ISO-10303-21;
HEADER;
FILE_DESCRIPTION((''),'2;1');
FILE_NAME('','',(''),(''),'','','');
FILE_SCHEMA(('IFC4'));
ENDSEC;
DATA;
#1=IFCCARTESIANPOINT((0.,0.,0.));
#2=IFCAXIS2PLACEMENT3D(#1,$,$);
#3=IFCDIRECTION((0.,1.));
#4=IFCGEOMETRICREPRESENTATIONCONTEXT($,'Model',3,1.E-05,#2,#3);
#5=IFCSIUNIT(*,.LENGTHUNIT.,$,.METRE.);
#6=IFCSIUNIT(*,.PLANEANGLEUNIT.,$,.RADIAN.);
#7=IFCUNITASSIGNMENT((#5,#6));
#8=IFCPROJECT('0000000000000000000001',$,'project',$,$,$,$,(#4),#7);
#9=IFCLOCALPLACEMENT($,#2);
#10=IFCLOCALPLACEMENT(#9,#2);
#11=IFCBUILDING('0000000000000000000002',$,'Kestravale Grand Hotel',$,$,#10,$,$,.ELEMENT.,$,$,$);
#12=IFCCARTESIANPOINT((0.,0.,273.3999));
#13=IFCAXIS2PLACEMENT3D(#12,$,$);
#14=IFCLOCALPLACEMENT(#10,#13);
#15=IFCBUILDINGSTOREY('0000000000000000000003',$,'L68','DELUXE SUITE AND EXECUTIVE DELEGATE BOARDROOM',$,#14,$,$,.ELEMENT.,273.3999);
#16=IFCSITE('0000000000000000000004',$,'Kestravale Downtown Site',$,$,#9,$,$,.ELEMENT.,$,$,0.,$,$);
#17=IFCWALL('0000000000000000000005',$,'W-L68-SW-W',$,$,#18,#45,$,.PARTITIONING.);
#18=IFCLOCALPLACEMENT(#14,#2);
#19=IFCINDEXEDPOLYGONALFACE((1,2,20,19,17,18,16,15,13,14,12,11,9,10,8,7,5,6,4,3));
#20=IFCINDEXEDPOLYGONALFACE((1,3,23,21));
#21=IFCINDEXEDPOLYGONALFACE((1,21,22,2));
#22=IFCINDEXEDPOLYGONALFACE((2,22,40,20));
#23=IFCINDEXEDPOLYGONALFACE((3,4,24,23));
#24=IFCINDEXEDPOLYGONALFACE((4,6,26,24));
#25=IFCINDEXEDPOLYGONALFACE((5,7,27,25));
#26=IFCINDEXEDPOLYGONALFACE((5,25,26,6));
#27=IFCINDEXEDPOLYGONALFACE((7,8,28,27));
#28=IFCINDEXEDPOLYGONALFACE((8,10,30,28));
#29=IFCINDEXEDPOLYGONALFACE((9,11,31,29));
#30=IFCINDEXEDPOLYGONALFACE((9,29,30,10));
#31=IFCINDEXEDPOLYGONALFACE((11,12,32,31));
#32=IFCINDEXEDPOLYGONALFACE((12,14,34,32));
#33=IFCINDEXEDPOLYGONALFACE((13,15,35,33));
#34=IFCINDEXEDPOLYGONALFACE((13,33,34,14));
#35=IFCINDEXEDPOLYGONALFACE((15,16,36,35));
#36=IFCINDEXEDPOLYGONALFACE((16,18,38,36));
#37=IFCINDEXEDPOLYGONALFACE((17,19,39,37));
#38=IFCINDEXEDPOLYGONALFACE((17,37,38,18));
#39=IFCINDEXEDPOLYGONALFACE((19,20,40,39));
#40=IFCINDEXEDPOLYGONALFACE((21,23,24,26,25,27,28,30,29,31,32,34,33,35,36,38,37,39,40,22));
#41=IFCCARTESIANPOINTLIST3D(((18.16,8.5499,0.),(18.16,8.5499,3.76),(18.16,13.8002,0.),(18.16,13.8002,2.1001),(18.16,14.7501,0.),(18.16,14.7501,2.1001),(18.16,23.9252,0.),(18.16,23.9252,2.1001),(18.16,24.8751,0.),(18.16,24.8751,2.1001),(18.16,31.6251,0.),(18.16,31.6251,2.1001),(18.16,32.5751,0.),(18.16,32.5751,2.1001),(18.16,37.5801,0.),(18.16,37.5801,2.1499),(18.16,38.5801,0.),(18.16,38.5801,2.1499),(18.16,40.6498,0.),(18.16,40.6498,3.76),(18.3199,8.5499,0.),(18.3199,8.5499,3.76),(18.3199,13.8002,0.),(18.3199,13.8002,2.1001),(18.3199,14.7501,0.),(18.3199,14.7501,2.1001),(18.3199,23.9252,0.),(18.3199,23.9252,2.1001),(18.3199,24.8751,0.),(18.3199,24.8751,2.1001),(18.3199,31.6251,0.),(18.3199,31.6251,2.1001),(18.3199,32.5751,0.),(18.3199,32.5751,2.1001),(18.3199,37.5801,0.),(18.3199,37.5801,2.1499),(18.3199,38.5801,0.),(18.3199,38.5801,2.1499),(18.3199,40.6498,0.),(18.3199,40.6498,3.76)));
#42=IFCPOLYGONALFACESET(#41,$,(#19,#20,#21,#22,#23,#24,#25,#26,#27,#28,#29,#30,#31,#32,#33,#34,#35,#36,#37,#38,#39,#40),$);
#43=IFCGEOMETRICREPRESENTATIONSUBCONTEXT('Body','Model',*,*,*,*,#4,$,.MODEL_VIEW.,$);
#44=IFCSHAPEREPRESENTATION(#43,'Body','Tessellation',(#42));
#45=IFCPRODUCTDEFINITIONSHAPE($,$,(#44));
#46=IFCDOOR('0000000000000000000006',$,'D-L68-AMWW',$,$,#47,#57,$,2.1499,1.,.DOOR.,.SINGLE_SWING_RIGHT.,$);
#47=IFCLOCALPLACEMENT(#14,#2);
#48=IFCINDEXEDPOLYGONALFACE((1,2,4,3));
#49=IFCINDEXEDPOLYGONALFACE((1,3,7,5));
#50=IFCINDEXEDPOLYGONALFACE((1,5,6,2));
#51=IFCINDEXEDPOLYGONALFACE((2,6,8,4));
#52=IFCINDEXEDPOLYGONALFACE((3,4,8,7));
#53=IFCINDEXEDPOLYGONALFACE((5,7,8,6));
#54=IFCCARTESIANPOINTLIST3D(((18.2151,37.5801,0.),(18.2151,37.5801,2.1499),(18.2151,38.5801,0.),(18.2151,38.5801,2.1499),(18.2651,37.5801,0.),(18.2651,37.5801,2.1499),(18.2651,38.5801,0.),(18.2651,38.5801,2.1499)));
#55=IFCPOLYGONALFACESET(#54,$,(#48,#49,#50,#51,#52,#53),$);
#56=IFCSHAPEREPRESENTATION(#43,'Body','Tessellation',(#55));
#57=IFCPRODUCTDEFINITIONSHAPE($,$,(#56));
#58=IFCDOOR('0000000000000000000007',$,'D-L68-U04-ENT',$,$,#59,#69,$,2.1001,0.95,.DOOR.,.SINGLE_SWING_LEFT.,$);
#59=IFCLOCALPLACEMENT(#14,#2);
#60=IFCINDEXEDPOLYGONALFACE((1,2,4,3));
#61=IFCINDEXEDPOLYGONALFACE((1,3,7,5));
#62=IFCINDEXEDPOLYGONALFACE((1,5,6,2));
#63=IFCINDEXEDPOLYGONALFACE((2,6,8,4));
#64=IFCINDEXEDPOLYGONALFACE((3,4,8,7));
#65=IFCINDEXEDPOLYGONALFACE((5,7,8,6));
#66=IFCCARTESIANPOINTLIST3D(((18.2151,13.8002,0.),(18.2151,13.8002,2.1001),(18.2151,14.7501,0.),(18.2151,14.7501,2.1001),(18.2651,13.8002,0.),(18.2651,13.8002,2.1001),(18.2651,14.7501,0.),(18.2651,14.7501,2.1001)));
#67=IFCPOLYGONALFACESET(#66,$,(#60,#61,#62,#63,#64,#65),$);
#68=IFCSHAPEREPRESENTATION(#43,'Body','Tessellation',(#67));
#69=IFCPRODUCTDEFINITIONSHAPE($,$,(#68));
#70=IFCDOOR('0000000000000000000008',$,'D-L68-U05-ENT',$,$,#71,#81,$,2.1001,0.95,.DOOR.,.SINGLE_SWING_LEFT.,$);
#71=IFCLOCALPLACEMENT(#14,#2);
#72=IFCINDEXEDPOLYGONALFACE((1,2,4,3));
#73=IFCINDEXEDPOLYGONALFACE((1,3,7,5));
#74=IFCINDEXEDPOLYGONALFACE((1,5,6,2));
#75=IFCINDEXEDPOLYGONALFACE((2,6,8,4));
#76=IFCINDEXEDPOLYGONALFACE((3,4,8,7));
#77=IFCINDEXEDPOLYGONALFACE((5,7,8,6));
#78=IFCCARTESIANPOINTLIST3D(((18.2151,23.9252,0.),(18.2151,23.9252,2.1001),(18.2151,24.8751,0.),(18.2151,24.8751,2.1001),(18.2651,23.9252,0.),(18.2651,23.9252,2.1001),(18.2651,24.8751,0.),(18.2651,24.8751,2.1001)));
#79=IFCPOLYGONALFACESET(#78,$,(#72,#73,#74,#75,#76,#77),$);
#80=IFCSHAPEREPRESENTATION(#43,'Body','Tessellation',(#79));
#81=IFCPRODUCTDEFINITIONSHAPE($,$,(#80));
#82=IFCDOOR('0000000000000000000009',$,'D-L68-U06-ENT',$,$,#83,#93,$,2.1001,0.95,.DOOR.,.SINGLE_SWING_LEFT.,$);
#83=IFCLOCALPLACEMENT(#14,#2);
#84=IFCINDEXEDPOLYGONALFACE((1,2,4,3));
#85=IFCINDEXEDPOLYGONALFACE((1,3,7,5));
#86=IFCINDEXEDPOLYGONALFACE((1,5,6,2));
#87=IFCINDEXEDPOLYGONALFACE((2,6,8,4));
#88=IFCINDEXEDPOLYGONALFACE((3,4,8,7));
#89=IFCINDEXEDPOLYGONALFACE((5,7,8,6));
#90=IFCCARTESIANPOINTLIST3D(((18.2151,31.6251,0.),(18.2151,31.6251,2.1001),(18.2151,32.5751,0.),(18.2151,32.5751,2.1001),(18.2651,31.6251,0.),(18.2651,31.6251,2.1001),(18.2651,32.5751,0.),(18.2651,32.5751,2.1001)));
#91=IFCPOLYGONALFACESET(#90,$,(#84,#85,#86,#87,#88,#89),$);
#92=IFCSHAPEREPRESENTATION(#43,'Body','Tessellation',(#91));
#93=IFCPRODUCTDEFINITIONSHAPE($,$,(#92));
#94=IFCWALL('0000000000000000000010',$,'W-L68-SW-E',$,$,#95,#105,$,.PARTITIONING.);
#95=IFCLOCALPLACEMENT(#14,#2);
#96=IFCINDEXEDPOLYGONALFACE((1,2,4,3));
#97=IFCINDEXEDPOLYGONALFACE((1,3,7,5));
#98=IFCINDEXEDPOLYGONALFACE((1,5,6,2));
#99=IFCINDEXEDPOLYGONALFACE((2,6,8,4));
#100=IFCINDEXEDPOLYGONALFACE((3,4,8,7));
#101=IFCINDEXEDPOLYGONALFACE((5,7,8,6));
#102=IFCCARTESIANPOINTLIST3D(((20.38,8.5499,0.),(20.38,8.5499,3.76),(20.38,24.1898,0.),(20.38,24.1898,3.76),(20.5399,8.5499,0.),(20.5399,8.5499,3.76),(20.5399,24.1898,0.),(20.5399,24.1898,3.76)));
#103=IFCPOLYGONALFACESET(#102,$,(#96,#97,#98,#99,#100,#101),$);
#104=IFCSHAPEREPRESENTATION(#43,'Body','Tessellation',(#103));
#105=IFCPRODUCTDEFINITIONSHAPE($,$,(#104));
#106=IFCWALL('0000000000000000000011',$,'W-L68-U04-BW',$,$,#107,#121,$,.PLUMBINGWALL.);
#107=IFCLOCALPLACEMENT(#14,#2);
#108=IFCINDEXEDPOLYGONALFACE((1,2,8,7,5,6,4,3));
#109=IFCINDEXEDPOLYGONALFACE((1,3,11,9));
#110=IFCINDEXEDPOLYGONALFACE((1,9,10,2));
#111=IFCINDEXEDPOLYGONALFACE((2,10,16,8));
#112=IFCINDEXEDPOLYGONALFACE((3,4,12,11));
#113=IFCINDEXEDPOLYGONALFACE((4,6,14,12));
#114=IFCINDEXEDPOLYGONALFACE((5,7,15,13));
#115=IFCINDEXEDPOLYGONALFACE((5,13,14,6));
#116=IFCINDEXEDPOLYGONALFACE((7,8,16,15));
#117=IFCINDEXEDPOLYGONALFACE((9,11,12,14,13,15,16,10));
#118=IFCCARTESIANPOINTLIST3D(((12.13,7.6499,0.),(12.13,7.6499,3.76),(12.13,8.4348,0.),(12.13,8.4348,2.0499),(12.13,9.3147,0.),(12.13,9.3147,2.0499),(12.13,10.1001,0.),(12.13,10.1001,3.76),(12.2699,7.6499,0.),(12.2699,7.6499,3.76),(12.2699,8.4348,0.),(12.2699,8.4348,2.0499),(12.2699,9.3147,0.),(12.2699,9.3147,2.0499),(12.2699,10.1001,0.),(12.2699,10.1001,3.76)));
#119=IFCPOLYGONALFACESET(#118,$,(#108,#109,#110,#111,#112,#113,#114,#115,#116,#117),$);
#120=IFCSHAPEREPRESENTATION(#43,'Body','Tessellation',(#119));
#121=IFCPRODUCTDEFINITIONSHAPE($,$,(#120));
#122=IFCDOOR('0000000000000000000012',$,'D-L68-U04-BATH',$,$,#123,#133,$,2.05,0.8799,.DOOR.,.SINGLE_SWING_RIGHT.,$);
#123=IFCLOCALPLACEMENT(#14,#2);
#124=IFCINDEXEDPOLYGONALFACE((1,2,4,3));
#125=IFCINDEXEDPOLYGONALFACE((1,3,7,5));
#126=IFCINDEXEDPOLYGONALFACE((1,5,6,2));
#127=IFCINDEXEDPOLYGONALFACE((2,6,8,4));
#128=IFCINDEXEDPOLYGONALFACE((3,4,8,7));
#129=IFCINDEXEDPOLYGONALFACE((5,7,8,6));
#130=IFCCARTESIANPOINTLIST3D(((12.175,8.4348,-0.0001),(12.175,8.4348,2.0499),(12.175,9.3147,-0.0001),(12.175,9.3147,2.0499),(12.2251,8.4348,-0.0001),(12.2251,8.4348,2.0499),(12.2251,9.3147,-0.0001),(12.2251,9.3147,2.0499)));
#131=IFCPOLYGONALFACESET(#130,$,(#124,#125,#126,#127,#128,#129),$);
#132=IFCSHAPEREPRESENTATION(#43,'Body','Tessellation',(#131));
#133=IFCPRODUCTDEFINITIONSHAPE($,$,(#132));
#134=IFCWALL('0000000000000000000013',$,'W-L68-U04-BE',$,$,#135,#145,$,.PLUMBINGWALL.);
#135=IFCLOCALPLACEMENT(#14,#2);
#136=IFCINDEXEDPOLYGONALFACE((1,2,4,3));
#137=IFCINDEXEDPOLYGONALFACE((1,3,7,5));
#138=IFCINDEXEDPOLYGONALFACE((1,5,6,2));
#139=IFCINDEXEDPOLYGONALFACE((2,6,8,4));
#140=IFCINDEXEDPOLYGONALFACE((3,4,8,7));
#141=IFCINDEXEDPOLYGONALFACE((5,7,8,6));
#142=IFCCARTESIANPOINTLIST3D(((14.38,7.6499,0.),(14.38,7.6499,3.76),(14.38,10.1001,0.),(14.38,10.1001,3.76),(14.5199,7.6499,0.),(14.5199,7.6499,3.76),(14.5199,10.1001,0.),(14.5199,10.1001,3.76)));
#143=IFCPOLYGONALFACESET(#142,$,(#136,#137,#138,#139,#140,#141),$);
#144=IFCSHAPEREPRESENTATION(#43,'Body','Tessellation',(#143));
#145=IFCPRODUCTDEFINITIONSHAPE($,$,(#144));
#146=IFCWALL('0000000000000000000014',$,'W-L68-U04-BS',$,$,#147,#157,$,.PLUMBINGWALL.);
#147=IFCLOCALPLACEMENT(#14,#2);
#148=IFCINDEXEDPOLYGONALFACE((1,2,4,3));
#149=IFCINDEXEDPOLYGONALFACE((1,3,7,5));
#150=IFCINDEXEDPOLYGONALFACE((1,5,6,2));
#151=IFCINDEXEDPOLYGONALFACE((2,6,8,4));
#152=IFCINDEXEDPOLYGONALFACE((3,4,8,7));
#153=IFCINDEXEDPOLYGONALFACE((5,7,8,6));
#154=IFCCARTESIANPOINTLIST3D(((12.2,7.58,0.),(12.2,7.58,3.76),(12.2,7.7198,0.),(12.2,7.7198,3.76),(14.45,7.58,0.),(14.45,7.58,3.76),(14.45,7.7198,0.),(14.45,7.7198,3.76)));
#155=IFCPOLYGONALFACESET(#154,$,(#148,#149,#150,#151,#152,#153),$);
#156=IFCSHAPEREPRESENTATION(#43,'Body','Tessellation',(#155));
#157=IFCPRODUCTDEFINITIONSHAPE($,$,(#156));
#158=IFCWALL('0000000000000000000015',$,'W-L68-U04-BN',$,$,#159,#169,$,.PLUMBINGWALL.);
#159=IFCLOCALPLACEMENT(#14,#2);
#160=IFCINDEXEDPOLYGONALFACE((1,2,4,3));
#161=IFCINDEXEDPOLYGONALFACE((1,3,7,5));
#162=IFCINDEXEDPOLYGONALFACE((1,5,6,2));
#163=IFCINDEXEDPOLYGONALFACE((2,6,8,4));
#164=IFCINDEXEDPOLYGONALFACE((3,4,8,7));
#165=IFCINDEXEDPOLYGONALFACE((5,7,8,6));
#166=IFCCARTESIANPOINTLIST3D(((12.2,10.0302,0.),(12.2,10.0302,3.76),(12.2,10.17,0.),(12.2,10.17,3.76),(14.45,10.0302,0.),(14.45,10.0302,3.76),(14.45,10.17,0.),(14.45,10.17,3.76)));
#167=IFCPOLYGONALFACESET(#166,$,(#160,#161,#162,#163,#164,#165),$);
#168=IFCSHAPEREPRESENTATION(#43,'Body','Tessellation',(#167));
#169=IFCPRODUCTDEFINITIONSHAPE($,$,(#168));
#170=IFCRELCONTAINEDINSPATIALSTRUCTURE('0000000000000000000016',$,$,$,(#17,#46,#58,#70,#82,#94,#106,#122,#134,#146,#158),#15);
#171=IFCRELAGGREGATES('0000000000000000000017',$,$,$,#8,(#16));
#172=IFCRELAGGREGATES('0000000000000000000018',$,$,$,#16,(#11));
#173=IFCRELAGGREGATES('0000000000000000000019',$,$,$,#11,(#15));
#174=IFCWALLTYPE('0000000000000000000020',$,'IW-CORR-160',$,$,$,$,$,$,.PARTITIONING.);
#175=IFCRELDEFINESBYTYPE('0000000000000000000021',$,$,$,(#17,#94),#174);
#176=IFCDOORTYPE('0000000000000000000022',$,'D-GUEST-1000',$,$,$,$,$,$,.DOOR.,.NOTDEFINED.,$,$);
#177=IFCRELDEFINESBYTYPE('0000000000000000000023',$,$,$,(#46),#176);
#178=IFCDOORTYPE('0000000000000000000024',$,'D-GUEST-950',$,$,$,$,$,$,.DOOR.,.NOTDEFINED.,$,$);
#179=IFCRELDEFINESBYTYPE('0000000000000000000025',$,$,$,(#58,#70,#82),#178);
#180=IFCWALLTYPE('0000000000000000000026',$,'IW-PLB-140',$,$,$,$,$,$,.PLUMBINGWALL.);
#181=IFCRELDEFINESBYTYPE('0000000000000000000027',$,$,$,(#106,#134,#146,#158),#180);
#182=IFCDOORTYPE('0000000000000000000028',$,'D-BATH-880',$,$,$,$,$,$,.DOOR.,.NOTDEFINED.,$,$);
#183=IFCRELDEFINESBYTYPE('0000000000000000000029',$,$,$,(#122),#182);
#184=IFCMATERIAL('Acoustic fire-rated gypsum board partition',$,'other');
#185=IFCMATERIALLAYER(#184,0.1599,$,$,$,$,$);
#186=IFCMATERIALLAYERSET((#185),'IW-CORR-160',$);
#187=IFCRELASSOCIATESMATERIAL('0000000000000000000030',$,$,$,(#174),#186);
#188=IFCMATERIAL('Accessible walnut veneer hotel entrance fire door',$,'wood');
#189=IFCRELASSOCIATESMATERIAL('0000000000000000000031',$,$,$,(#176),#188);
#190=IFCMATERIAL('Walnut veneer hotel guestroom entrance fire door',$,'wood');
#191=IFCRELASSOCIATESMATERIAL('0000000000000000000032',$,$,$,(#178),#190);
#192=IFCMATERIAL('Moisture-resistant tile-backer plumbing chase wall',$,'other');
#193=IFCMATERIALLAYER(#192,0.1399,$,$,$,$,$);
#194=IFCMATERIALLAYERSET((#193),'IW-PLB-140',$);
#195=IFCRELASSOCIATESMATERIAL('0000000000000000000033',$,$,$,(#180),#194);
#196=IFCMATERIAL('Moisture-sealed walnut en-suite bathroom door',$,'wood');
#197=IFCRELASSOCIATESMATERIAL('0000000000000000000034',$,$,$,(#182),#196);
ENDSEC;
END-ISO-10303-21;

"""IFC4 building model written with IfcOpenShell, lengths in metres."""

from ifc_helpers import new_model, si_unit, direction, frame, frame_2d, origin, place, context, subcontext, project, spatial, rectangle, extrude, material, layer, layer_set, type_object, element, fill, save


model = new_model("IFC4")

# Units and contexts
model_context = context("Model", 3, precision=1e-05, world=origin(), true_north=direction((0.0, 1.0)))
body_context = subcontext(model_context, "Body", "Model", "MODEL_VIEW")
ifc_project = project(units=[si_unit("LENGTHUNIT", "METRE"), si_unit("PLANEANGLEUNIT", "RADIAN")], contexts=[model_context])

# Site, building, storey
site_placement = place(None, origin())
site = spatial("IfcSite", under=ifc_project, at=site_placement, Name="Kestravale Downtown Site", CompositionType="ELEMENT", RefElevation=0.0)
building_placement = place(site_placement, origin())
building = spatial("IfcBuilding", under=site, at=building_placement, Name="Kestravale Grand Hotel", CompositionType="ELEMENT")
storey_placement = place(building_placement, frame((0.0, 0.0, 273.3999)))
storey = spatial("IfcBuildingStorey", under=building, at=storey_placement, Name="L68", Description="DELUXE SUITE AND EXECUTIVE DELEGATE BOARDROOM", CompositionType="ELEMENT", Elevation=273.3999)

# Wall, openings, doors
ifc_material_1 = material(Name="Acoustic fire-rated gypsum board partition", Category="other")
ifc_layer_1 = layer(ifc_material_1, 0.1599)
ifc_layer_set_1 = layer_set([ifc_layer_1], Name="IW-CORR-160")
wall_type_1 = type_object("IfcWallType", Name="IW-CORR-160", PredefinedType="PARTITIONING", material=ifc_layer_set_1)
wall_1_placement = place(storey_placement, frame((18.24, 8.55, 0.0), z_axis=(0.0, 0.0, 1.0), x_axis=(0.0, 1.0, 0.0)))
wall_1 = element("IfcWall", 1, at=wall_1_placement, inside=storey, type_object=wall_type_1, Name="W-L68-SW-W", PredefinedType="PARTITIONING", context=body_context, shape_type="SweptSolid", body=[
    extrude(rectangle(XDim=32.0999, YDim=0.1599, at=frame_2d((16.0498, 0.0))), origin(), (0.0, 0.0, 1.0), 3.76),
])
opening_1_placement = place(wall_1_placement, frame((5.25, 0.0, 0.0)))
opening_1 = element("IfcOpeningElement", 2, at=opening_1_placement, cuts=wall_1, PredefinedType="OPENING", context=body_context, shape_type="SweptSolid", body=[
    extrude(rectangle(XDim=0.95, YDim=2.1001, at=frame_2d((0.4751, 1.05))), frame((0.0, 0.0898, 0.0), z_axis=(0.0, -1.0, 0.0), x_axis=(1.0, 0.0, 0.0)), (0.0, 0.0, 1.0), 0.1799),
])
opening_2_placement = place(wall_1_placement, frame((15.375, 0.0, 0.0)))
opening_2 = element("IfcOpeningElement", 3, at=opening_2_placement, cuts=wall_1, PredefinedType="OPENING", context=body_context, shape_type="SweptSolid", body=[
    extrude(rectangle(XDim=0.95, YDim=2.1001, at=frame_2d((0.4751, 1.05))), frame((0.0, 0.0898, 0.0), z_axis=(0.0, -1.0, 0.0), x_axis=(1.0, 0.0, 0.0)), (0.0, 0.0, 1.0), 0.1799),
])
opening_3_placement = place(wall_1_placement, frame((23.075, 0.0, 0.0)))
opening_3 = element("IfcOpeningElement", 4, at=opening_3_placement, cuts=wall_1, PredefinedType="OPENING", context=body_context, shape_type="SweptSolid", body=[
    extrude(rectangle(XDim=0.95, YDim=2.1001, at=frame_2d((0.4751, 1.05))), frame((0.0, 0.0898, 0.0), z_axis=(0.0, -1.0, 0.0), x_axis=(1.0, 0.0, 0.0)), (0.0, 0.0, 1.0), 0.1799),
])
opening_4_placement = place(wall_1_placement, frame((29.03, 0.0, 0.0)))
opening_4 = element("IfcOpeningElement", 5, at=opening_4_placement, cuts=wall_1, PredefinedType="OPENING", context=body_context, shape_type="SweptSolid", body=[
    extrude(rectangle(XDim=1.0, YDim=2.1499, at=frame_2d((0.5, 1.075))), frame((0.0, 0.0898, 0.0), z_axis=(0.0, -1.0, 0.0), x_axis=(1.0, 0.0, 0.0)), (0.0, 0.0, 1.0), 0.1799),
])
ifc_material_2 = material(Name="Accessible walnut veneer hotel entrance fire door", Category="wood")
door_type_1 = type_object("IfcDoorType", Name="D-GUEST-1000", OperationType="NOTDEFINED", PredefinedType="DOOR", material=ifc_material_2)
door_1_placement = place(opening_4_placement, origin())
door_1 = element("IfcDoor", 6, at=door_1_placement, inside=storey, type_object=door_type_1, Name="D-L68-AMWW", OperationType="SINGLE_SWING_RIGHT", OverallHeight=2.1499, OverallWidth=1.0, PredefinedType="DOOR", context=body_context, shape_type="SweptSolid", body=[
    extrude(rectangle(XDim=1.0, YDim=2.1499, at=frame_2d((0.5, 1.075))), frame((0.0, 0.0249, 0.0), z_axis=(0.0, -1.0, 0.0), x_axis=(1.0, 0.0, 0.0)), (0.0, 0.0, 1.0), 0.05),
])
fill(opening_4, door_1)
ifc_material_3 = material(Name="Walnut veneer hotel guestroom entrance fire door", Category="wood")
door_type_2 = type_object("IfcDoorType", Name="D-GUEST-950", OperationType="NOTDEFINED", PredefinedType="DOOR", material=ifc_material_3)
door_2_placement = place(opening_1_placement, origin())
door_2 = element("IfcDoor", 7, at=door_2_placement, inside=storey, type_object=door_type_2, Name="D-L68-U04-ENT", OperationType="SINGLE_SWING_LEFT", OverallHeight=2.1001, OverallWidth=0.95, PredefinedType="DOOR", context=body_context, shape_type="SweptSolid", body=[
    extrude(rectangle(XDim=0.95, YDim=2.1001, at=frame_2d((0.4751, 1.05))), frame((0.0, 0.0249, 0.0), z_axis=(0.0, -1.0, 0.0), x_axis=(1.0, 0.0, 0.0)), (0.0, 0.0, 1.0), 0.05),
])
fill(opening_1, door_2)
door_3_placement = place(opening_2_placement, origin())
door_3 = element("IfcDoor", 8, at=door_3_placement, inside=storey, type_object=door_type_2, Name="D-L68-U05-ENT", OperationType="SINGLE_SWING_LEFT", OverallHeight=2.1001, OverallWidth=0.95, PredefinedType="DOOR", context=body_context, shape_type="SweptSolid", body=[
    extrude(rectangle(XDim=0.95, YDim=2.1001, at=frame_2d((0.4751, 1.05))), frame((0.0, 0.0249, 0.0), z_axis=(0.0, -1.0, 0.0), x_axis=(1.0, 0.0, 0.0)), (0.0, 0.0, 1.0), 0.05),
])
fill(opening_2, door_3)
door_4_placement = place(opening_3_placement, origin())
door_4 = element("IfcDoor", 9, at=door_4_placement, inside=storey, type_object=door_type_2, Name="D-L68-U06-ENT", OperationType="SINGLE_SWING_LEFT", OverallHeight=2.1001, OverallWidth=0.95, PredefinedType="DOOR", context=body_context, shape_type="SweptSolid", body=[
    extrude(rectangle(XDim=0.95, YDim=2.1001, at=frame_2d((0.4751, 1.05))), frame((0.0, 0.0249, 0.0), z_axis=(0.0, -1.0, 0.0), x_axis=(1.0, 0.0, 0.0)), (0.0, 0.0, 1.0), 0.05),
])
fill(opening_3, door_4)

# Wall
wall_2_placement = place(storey_placement, frame((20.46, 8.55, 0.0), z_axis=(0.0, 0.0, 1.0), x_axis=(0.0, 1.0, 0.0)))
element("IfcWall", 10, at=wall_2_placement, inside=storey, type_object=wall_type_1, Name="W-L68-SW-E", PredefinedType="PARTITIONING", context=body_context, shape_type="SweptSolid", body=[
    extrude(rectangle(XDim=15.6399, YDim=0.1599, at=frame_2d((7.8198, 0.0))), origin(), (0.0, 0.0, 1.0), 3.76),
])

# Wall, opening, door
ifc_material_4 = material(Name="Moisture-resistant tile-backer plumbing chase wall", Category="other")
ifc_layer_2 = layer(ifc_material_4, 0.1399)
ifc_layer_set_2 = layer_set([ifc_layer_2], Name="IW-PLB-140")
wall_type_2 = type_object("IfcWallType", Name="IW-PLB-140", PredefinedType="PLUMBINGWALL", material=ifc_layer_set_2)
wall_3_placement = place(storey_placement, frame((12.2, 7.6499, 0.0), z_axis=(0.0, 0.0, 1.0), x_axis=(0.0, 1.0, 0.0)))
wall_3 = element("IfcWall", 11, at=wall_3_placement, inside=storey, type_object=wall_type_2, Name="W-L68-U04-BW", PredefinedType="PLUMBINGWALL", context=body_context, shape_type="SweptSolid", body=[
    extrude(rectangle(XDim=2.4502, YDim=0.1399, at=frame_2d((1.2251, 0.0))), origin(), (0.0, 0.0, 1.0), 3.76),
])
opening_5_placement = place(wall_3_placement, frame((0.7849, 0.0, 0.0)))
opening_5 = element("IfcOpeningElement", 12, at=opening_5_placement, cuts=wall_3, PredefinedType="OPENING", context=body_context, shape_type="SweptSolid", body=[
    extrude(rectangle(XDim=0.8799, YDim=2.05, at=frame_2d((0.4399, 1.0249))), frame((0.0, 0.0798, 0.0), z_axis=(0.0, -1.0, 0.0), x_axis=(1.0, 0.0, 0.0)), (0.0, 0.0, 1.0), 0.1599),
])
ifc_material_5 = material(Name="Moisture-sealed walnut en-suite bathroom door", Category="wood")
door_type_3 = type_object("IfcDoorType", Name="D-BATH-880", OperationType="NOTDEFINED", PredefinedType="DOOR", material=ifc_material_5)
door_5_placement = place(opening_5_placement, origin())
door_5 = element("IfcDoor", 13, at=door_5_placement, inside=storey, type_object=door_type_3, Name="D-L68-U04-BATH", OperationType="SINGLE_SWING_RIGHT", OverallHeight=2.05, OverallWidth=0.8799, PredefinedType="DOOR", context=body_context, shape_type="SweptSolid", body=[
    extrude(rectangle(XDim=0.8799, YDim=2.05, at=frame_2d((0.4399, 1.0249))), frame((0.0, 0.0249, 0.0), z_axis=(0.0, -1.0, 0.0), x_axis=(1.0, 0.0, 0.0)), (0.0, 0.0, 1.0), 0.05),
])
fill(opening_5, door_5)

# Walls
wall_4_placement = place(storey_placement, frame((14.45, 7.6499, 0.0), z_axis=(0.0, 0.0, 1.0), x_axis=(0.0, 1.0, 0.0)))
element("IfcWall", 14, at=wall_4_placement, inside=storey, type_object=wall_type_2, Name="W-L68-U04-BE", PredefinedType="PLUMBINGWALL", context=body_context, shape_type="SweptSolid", body=[
    extrude(rectangle(XDim=2.4502, YDim=0.1399, at=frame_2d((1.2251, 0.0))), origin(), (0.0, 0.0, 1.0), 3.76),
])
for number, where, z_axis, x_axis, name in (
    (15, (12.2, 7.6499, 0.0), (0.0, 0.0, 1.0), (1.0, 0.0, 0.0), "W-L68-U04-BS"),
    (16, (12.2, 10.1001, 0.0), (0.0, 0.0, 1.0), (1.0, 0.0, 0.0), "W-L68-U04-BN"),
):
    element("IfcWall", number, at=place(storey_placement, frame(where, z_axis=z_axis, x_axis=x_axis)), inside=storey, type_object=wall_type_2, Name=name, PredefinedType="PLUMBINGWALL", context=body_context, shape_type="SweptSolid", body=[
        extrude(rectangle(XDim=2.25, YDim=0.1399, at=frame_2d((1.125, 0.0))), origin(), (0.0, 0.0, 1.0), 3.76),
    ])

save(model, "model.ifc")
